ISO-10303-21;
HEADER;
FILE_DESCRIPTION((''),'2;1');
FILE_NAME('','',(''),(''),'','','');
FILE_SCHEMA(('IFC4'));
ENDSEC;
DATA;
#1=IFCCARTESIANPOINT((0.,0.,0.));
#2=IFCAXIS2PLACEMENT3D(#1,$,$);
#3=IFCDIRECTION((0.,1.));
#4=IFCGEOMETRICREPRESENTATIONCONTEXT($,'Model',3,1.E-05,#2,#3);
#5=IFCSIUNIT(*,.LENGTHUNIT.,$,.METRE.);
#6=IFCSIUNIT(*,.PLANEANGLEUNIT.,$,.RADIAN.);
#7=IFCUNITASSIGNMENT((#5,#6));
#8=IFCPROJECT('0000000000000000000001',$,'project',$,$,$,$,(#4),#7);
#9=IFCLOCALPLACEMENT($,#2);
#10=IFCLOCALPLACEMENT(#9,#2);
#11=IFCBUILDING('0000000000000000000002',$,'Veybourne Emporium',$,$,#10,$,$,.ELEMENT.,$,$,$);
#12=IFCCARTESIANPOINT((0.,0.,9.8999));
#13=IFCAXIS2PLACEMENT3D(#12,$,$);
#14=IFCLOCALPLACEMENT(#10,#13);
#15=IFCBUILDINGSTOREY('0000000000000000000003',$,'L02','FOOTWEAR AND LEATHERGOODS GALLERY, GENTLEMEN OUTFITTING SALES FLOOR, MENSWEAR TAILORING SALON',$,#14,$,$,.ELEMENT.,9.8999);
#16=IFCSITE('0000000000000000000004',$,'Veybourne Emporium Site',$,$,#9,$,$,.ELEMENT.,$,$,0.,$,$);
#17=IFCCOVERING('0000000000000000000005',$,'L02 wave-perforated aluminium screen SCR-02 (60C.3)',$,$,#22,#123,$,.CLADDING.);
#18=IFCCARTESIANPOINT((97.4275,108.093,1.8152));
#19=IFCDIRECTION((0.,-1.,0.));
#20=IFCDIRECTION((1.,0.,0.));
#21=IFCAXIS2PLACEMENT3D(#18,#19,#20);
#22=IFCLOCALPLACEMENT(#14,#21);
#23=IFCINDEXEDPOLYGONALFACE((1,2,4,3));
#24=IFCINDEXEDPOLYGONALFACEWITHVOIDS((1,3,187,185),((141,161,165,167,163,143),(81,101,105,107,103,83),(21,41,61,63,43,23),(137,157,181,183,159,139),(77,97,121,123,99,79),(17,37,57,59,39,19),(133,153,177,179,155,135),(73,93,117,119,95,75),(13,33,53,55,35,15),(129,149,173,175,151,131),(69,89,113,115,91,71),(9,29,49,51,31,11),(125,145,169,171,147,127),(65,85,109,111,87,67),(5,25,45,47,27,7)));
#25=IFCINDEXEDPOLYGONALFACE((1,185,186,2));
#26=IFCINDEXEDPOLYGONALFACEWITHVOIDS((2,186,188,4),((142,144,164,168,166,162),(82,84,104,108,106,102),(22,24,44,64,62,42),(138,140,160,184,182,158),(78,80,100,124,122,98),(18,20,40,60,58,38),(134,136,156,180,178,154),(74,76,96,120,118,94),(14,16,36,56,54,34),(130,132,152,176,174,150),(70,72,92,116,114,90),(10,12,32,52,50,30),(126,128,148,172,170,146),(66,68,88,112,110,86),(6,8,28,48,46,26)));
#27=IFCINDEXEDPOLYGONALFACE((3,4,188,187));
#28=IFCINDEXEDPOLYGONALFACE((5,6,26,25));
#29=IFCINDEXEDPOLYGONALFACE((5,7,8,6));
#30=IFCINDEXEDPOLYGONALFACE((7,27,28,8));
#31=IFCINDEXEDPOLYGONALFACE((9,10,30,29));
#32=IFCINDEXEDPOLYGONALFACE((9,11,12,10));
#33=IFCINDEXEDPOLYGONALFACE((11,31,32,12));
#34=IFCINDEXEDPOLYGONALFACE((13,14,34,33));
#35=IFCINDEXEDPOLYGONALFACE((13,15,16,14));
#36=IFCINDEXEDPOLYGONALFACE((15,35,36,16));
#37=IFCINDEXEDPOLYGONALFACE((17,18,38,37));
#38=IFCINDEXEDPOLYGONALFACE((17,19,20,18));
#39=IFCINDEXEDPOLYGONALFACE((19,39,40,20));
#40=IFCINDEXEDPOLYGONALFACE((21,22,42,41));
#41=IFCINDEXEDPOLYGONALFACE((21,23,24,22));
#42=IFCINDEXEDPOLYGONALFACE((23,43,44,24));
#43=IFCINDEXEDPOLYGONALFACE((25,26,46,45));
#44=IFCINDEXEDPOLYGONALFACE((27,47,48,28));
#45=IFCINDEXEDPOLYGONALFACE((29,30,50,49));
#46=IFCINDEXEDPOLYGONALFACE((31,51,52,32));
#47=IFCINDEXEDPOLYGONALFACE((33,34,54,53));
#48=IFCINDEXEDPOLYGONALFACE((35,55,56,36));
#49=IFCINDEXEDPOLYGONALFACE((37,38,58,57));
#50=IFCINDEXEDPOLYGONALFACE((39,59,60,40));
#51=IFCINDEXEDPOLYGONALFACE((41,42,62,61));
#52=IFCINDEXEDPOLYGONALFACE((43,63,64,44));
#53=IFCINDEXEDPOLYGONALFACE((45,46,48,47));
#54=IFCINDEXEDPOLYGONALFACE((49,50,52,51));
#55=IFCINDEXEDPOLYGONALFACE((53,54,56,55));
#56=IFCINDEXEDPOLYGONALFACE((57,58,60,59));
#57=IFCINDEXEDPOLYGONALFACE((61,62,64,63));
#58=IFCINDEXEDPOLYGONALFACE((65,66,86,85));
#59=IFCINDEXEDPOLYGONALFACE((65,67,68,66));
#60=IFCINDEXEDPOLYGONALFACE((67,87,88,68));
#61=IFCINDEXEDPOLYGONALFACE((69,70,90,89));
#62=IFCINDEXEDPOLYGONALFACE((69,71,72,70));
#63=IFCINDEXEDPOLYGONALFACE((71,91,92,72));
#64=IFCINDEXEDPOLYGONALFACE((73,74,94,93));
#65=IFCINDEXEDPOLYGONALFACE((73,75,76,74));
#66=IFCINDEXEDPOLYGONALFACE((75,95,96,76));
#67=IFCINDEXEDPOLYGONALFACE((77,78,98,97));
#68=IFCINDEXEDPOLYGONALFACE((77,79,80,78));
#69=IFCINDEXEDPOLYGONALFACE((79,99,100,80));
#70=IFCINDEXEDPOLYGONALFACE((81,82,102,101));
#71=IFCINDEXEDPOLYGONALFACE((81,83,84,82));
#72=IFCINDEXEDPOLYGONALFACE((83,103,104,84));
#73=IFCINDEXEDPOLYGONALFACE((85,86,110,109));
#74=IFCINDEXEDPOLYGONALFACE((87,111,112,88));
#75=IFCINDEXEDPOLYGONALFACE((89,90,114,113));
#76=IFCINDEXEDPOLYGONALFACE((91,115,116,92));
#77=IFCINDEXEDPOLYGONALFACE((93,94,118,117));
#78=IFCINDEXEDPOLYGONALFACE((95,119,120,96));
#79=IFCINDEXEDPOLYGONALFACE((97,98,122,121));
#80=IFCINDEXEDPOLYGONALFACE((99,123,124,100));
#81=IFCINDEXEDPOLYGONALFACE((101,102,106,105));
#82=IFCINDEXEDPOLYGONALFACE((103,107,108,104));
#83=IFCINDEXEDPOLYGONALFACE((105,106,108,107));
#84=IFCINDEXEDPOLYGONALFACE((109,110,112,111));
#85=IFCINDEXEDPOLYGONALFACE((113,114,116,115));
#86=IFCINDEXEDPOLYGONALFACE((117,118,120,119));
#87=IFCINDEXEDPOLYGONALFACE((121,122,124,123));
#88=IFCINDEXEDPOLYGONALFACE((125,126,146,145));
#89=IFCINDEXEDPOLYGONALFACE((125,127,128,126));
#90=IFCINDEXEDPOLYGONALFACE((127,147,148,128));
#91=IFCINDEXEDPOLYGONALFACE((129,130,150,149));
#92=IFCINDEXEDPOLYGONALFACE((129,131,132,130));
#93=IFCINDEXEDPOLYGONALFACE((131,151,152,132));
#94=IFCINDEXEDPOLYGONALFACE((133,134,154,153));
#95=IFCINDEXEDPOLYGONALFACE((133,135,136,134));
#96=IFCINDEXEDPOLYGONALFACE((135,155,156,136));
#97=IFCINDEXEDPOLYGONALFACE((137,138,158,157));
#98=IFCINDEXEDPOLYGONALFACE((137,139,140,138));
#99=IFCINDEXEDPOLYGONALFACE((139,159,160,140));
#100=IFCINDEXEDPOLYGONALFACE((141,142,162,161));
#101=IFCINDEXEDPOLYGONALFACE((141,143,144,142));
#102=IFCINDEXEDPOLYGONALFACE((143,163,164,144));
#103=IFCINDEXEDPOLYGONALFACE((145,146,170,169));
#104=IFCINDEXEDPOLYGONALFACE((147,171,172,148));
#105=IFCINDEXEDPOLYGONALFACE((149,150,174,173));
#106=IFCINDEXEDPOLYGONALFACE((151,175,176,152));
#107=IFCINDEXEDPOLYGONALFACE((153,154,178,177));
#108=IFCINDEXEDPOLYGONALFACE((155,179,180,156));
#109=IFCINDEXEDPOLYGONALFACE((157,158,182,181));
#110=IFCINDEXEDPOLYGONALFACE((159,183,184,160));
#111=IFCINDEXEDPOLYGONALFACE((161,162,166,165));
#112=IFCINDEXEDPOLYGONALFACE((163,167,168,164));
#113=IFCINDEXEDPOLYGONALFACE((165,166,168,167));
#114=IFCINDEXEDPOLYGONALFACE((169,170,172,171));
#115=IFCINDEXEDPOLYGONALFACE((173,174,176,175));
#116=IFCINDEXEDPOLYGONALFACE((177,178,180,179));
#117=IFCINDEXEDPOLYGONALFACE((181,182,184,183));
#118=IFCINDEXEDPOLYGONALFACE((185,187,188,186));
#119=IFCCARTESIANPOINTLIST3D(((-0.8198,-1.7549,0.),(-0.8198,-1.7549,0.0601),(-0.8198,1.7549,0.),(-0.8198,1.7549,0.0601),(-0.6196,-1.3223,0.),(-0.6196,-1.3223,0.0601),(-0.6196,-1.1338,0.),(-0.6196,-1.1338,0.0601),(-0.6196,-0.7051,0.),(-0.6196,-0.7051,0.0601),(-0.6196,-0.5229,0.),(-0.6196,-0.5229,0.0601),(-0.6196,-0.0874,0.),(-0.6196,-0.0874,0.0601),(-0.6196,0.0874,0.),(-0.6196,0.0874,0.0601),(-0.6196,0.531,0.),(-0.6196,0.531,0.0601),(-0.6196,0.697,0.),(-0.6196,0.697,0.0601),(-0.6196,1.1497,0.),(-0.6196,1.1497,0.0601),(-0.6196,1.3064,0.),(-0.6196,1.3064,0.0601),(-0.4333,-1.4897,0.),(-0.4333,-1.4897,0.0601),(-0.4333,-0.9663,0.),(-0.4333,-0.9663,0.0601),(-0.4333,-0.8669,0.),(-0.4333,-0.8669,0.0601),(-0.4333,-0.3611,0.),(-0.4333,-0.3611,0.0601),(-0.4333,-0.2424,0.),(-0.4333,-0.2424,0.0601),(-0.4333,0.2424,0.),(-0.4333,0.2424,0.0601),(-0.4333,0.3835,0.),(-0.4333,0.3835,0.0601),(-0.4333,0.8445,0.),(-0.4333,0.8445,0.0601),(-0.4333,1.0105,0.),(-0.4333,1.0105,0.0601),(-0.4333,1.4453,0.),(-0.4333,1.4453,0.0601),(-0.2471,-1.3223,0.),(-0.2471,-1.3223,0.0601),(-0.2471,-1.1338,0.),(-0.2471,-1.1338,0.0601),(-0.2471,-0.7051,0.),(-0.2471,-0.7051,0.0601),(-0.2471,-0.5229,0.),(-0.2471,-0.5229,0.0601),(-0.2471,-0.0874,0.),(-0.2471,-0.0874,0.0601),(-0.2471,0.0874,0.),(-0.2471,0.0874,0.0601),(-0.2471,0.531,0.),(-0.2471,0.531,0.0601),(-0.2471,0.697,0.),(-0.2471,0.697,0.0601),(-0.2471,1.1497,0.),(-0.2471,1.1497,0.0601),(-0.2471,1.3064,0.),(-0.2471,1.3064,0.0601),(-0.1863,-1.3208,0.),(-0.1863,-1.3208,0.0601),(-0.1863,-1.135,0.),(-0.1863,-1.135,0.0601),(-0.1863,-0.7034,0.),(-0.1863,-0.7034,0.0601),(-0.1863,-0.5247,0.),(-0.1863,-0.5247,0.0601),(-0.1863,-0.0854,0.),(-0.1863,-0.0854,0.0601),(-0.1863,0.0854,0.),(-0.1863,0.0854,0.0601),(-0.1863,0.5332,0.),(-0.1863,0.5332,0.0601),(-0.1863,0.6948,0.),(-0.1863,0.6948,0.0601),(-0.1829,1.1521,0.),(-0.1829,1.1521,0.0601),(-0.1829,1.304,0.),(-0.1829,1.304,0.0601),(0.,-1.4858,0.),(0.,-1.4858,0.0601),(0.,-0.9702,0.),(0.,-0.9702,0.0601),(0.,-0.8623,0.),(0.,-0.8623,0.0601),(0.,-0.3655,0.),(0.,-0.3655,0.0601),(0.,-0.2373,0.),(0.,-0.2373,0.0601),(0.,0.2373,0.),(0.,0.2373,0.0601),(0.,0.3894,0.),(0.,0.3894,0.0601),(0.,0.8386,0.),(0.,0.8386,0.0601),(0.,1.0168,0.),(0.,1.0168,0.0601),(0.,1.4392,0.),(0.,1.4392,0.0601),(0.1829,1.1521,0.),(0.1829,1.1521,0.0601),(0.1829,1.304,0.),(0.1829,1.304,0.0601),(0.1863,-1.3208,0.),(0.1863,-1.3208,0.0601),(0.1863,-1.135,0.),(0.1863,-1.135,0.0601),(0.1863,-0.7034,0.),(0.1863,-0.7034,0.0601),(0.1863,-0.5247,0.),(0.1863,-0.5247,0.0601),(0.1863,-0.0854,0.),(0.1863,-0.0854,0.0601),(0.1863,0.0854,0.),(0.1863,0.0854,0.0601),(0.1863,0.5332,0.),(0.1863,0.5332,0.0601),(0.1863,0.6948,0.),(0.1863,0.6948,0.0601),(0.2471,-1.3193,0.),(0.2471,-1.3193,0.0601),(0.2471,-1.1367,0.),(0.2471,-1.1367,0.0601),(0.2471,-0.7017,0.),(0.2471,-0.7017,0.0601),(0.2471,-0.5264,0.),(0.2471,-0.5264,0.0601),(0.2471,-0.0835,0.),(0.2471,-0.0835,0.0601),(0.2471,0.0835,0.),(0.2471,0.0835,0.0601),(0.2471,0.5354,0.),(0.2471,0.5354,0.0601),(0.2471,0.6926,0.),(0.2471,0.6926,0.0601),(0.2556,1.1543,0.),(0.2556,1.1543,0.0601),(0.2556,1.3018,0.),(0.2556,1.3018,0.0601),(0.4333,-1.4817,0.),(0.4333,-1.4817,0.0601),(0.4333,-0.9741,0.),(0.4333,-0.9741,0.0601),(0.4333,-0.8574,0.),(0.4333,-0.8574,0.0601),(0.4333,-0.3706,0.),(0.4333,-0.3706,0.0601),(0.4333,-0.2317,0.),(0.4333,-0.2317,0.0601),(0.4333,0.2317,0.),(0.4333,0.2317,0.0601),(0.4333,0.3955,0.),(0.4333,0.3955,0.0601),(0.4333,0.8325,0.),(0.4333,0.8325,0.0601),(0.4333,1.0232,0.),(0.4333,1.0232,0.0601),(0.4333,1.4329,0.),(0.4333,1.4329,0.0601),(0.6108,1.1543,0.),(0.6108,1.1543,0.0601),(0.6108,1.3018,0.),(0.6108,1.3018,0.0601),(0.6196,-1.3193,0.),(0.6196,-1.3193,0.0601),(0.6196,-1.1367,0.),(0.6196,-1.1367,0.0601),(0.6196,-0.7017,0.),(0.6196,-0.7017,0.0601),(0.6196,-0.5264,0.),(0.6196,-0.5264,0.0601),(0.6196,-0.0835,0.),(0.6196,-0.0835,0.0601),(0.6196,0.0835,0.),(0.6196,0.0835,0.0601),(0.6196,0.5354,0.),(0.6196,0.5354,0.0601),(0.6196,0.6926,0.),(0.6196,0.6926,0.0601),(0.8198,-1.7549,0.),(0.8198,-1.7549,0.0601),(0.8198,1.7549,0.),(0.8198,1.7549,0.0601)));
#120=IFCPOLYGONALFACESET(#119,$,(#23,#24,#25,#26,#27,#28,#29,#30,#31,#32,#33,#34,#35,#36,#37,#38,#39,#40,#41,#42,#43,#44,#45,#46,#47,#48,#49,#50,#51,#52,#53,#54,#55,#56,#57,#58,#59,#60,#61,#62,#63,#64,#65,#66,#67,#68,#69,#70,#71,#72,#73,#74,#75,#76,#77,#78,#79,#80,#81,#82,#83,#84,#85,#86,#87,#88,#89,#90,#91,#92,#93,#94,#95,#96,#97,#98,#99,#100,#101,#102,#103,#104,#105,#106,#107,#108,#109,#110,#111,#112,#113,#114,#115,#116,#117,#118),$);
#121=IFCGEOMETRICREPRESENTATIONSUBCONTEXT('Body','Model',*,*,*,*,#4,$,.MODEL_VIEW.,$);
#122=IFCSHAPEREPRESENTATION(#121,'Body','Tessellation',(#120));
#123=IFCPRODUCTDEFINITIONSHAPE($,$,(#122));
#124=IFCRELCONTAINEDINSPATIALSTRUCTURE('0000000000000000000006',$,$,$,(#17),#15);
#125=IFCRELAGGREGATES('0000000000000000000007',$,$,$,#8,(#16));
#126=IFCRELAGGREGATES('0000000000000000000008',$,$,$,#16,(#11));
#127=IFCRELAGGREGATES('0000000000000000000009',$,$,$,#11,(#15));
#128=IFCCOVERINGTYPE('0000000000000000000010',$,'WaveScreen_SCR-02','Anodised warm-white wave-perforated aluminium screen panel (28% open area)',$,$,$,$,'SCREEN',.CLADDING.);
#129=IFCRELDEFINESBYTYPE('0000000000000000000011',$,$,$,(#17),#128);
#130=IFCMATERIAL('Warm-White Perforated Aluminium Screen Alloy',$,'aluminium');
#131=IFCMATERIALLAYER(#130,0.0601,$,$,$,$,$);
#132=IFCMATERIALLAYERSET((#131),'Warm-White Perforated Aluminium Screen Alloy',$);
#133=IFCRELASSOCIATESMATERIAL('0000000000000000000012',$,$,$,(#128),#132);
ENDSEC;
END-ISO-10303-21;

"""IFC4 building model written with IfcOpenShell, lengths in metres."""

from ifc_helpers import new_model, si_unit, direction, frame, origin, place, context, subcontext, project, spatial, polyline, outline, extrude, material, layer, layer_set, type_object, element, save


model = new_model("IFC4")

# Units and contexts
model_context = context("Model", 3, precision=1e-05, world=origin(), true_north=direction((0.0, 1.0)))
body_context = subcontext(model_context, "Body", "Model", "MODEL_VIEW")
ifc_project = project(units=[si_unit("LENGTHUNIT", "METRE"), si_unit("PLANEANGLEUNIT", "RADIAN")], contexts=[model_context])

# Site, building, storey
site_placement = place(None, origin())
site = spatial("IfcSite", under=ifc_project, at=site_placement, Name="Veybourne Emporium Site", CompositionType="ELEMENT", RefElevation=0.0)
building_placement = place(site_placement, origin())
building = spatial("IfcBuilding", under=site, at=building_placement, Name="Veybourne Emporium", CompositionType="ELEMENT")
storey_placement = place(building_placement, frame((0.0, 0.0, 9.8999)))
storey = spatial("IfcBuildingStorey", under=building, at=storey_placement, Name="L02", Description="FOOTWEAR AND LEATHERGOODS GALLERY, GENTLEMEN OUTFITTING SALES FLOOR, MENSWEAR TAILORING SALON", CompositionType="ELEMENT", Elevation=9.8999)

# Covering
ifc_material_1 = material(Name="Warm-White Perforated Aluminium Screen Alloy", Category="aluminium")
ifc_layer_1 = layer(ifc_material_1, 0.0601)
ifc_layer_set_1 = layer_set([ifc_layer_1], Name="Warm-White Perforated Aluminium Screen Alloy")
covering_type_1 = type_object("IfcCoveringType", Name="WaveScreen_SCR-02", Description="Anodised warm-white wave-perforated aluminium screen panel (28% open area)", ElementType="SCREEN", PredefinedType="CLADDING", material=ifc_layer_set_1)
covering_1_placement = place(storey_placement, frame((97.4275, 108.093, 1.8152), z_axis=(0.0, -1.0, 0.0), x_axis=(1.0, 0.0, 0.0)))
element("IfcCovering", 1, at=covering_1_placement, inside=storey, type_object=covering_type_1, Name="L02 wave-perforated aluminium screen SCR-02 (60C.3)", PredefinedType="CLADDING", context=body_context, shape_type="SweptSolid", body=[
    extrude(outline(polyline([(-0.8198, -1.7549), (0.8198, -1.7549), (0.8198, 1.7549), (-0.8198, 1.7549), (-0.8198, -1.7549)]), holes=[polyline([(-0.4333, -0.9663), (-0.2471, -1.1338), (-0.2471, -1.3223), (-0.4333, -1.4897), (-0.6196, -1.3223), (-0.6196, -1.1338), (-0.4333, -0.9663)]), polyline([(-0.4333, -0.3611), (-0.2471, -0.5229), (-0.2471, -0.7051), (-0.4333, -0.8669), (-0.6196, -0.7051), (-0.6196, -0.5229), (-0.4333, -0.3611)]), polyline([(-0.4333, 0.2424), (-0.2471, 0.0874), (-0.2471, -0.0874), (-0.4333, -0.2424), (-0.6196, -0.0874), (-0.6196, 0.0874), (-0.4333, 0.2424)]), polyline([(-0.4333, 0.8445), (-0.2471, 0.697), (-0.2471, 0.531), (-0.4333, 0.3835), (-0.6196, 0.531), (-0.6196, 0.697), (-0.4333, 0.8445)]), polyline([(-0.4333, 1.4453), (-0.2471, 1.3064), (-0.2471, 1.1497), (-0.4333, 1.0105), (-0.6196, 1.1497), (-0.6196, 1.3064), (-0.4333, 1.4453)]), polyline([(0.0, -0.9702), (0.1863, -1.135), (0.1863, -1.3208), (0.0, -1.4858), (-0.1863, -1.3208), (-0.1863, -1.135), (0.0, -0.9702)]), polyline([(0.0, -0.3655), (0.1863, -0.5247), (0.1863, -0.7034), (0.0, -0.8623), (-0.1863, -0.7034), (-0.1863, -0.5247), (0.0, -0.3655)]), polyline([(0.0, 0.2373), (0.1863, 0.0854), (0.1863, -0.0854), (0.0, -0.2373), (-0.1863, -0.0854), (-0.1863, 0.0854), (0.0, 0.2373)]), polyline([(0.0, 0.8386), (0.1863, 0.6948), (0.1863, 0.5332), (0.0, 0.3894), (-0.1863, 0.5332), (-0.1863, 0.6948), (0.0, 0.8386)]), polyline([(0.0, 1.4392), (0.1829, 1.304), (0.1829, 1.1521), (0.0, 1.0168), (-0.1829, 1.1521), (-0.1829, 1.304), (0.0, 1.4392)]), polyline([(0.4333, -0.9741), (0.6196, -1.1367), (0.6196, -1.3193), (0.4333, -1.4817), (0.2471, -1.3193), (0.2471, -1.1367), (0.4333, -0.9741)]), polyline([(0.4333, -0.3706), (0.6196, -0.5264), (0.6196, -0.7017), (0.4333, -0.8574), (0.2471, -0.7017), (0.2471, -0.5264), (0.4333, -0.3706)]), polyline([(0.4333, 0.2317), (0.6196, 0.0835), (0.6196, -0.0835), (0.4333, -0.2317), (0.2471, -0.0835), (0.2471, 0.0835), (0.4333, 0.2317)]), polyline([(0.4333, 0.8325), (0.6196, 0.6926), (0.6196, 0.5354), (0.4333, 0.3955), (0.2471, 0.5354), (0.2471, 0.6926), (0.4333, 0.8325)]), polyline([(0.4333, 1.4329), (0.6108, 1.3018), (0.6108, 1.1543), (0.4333, 1.0232), (0.2556, 1.1543), (0.2556, 1.3018), (0.4333, 1.4329)])]), origin(), (0.0, 0.0, 1.0), 0.0601),
])

save(model, "model.ifc")
